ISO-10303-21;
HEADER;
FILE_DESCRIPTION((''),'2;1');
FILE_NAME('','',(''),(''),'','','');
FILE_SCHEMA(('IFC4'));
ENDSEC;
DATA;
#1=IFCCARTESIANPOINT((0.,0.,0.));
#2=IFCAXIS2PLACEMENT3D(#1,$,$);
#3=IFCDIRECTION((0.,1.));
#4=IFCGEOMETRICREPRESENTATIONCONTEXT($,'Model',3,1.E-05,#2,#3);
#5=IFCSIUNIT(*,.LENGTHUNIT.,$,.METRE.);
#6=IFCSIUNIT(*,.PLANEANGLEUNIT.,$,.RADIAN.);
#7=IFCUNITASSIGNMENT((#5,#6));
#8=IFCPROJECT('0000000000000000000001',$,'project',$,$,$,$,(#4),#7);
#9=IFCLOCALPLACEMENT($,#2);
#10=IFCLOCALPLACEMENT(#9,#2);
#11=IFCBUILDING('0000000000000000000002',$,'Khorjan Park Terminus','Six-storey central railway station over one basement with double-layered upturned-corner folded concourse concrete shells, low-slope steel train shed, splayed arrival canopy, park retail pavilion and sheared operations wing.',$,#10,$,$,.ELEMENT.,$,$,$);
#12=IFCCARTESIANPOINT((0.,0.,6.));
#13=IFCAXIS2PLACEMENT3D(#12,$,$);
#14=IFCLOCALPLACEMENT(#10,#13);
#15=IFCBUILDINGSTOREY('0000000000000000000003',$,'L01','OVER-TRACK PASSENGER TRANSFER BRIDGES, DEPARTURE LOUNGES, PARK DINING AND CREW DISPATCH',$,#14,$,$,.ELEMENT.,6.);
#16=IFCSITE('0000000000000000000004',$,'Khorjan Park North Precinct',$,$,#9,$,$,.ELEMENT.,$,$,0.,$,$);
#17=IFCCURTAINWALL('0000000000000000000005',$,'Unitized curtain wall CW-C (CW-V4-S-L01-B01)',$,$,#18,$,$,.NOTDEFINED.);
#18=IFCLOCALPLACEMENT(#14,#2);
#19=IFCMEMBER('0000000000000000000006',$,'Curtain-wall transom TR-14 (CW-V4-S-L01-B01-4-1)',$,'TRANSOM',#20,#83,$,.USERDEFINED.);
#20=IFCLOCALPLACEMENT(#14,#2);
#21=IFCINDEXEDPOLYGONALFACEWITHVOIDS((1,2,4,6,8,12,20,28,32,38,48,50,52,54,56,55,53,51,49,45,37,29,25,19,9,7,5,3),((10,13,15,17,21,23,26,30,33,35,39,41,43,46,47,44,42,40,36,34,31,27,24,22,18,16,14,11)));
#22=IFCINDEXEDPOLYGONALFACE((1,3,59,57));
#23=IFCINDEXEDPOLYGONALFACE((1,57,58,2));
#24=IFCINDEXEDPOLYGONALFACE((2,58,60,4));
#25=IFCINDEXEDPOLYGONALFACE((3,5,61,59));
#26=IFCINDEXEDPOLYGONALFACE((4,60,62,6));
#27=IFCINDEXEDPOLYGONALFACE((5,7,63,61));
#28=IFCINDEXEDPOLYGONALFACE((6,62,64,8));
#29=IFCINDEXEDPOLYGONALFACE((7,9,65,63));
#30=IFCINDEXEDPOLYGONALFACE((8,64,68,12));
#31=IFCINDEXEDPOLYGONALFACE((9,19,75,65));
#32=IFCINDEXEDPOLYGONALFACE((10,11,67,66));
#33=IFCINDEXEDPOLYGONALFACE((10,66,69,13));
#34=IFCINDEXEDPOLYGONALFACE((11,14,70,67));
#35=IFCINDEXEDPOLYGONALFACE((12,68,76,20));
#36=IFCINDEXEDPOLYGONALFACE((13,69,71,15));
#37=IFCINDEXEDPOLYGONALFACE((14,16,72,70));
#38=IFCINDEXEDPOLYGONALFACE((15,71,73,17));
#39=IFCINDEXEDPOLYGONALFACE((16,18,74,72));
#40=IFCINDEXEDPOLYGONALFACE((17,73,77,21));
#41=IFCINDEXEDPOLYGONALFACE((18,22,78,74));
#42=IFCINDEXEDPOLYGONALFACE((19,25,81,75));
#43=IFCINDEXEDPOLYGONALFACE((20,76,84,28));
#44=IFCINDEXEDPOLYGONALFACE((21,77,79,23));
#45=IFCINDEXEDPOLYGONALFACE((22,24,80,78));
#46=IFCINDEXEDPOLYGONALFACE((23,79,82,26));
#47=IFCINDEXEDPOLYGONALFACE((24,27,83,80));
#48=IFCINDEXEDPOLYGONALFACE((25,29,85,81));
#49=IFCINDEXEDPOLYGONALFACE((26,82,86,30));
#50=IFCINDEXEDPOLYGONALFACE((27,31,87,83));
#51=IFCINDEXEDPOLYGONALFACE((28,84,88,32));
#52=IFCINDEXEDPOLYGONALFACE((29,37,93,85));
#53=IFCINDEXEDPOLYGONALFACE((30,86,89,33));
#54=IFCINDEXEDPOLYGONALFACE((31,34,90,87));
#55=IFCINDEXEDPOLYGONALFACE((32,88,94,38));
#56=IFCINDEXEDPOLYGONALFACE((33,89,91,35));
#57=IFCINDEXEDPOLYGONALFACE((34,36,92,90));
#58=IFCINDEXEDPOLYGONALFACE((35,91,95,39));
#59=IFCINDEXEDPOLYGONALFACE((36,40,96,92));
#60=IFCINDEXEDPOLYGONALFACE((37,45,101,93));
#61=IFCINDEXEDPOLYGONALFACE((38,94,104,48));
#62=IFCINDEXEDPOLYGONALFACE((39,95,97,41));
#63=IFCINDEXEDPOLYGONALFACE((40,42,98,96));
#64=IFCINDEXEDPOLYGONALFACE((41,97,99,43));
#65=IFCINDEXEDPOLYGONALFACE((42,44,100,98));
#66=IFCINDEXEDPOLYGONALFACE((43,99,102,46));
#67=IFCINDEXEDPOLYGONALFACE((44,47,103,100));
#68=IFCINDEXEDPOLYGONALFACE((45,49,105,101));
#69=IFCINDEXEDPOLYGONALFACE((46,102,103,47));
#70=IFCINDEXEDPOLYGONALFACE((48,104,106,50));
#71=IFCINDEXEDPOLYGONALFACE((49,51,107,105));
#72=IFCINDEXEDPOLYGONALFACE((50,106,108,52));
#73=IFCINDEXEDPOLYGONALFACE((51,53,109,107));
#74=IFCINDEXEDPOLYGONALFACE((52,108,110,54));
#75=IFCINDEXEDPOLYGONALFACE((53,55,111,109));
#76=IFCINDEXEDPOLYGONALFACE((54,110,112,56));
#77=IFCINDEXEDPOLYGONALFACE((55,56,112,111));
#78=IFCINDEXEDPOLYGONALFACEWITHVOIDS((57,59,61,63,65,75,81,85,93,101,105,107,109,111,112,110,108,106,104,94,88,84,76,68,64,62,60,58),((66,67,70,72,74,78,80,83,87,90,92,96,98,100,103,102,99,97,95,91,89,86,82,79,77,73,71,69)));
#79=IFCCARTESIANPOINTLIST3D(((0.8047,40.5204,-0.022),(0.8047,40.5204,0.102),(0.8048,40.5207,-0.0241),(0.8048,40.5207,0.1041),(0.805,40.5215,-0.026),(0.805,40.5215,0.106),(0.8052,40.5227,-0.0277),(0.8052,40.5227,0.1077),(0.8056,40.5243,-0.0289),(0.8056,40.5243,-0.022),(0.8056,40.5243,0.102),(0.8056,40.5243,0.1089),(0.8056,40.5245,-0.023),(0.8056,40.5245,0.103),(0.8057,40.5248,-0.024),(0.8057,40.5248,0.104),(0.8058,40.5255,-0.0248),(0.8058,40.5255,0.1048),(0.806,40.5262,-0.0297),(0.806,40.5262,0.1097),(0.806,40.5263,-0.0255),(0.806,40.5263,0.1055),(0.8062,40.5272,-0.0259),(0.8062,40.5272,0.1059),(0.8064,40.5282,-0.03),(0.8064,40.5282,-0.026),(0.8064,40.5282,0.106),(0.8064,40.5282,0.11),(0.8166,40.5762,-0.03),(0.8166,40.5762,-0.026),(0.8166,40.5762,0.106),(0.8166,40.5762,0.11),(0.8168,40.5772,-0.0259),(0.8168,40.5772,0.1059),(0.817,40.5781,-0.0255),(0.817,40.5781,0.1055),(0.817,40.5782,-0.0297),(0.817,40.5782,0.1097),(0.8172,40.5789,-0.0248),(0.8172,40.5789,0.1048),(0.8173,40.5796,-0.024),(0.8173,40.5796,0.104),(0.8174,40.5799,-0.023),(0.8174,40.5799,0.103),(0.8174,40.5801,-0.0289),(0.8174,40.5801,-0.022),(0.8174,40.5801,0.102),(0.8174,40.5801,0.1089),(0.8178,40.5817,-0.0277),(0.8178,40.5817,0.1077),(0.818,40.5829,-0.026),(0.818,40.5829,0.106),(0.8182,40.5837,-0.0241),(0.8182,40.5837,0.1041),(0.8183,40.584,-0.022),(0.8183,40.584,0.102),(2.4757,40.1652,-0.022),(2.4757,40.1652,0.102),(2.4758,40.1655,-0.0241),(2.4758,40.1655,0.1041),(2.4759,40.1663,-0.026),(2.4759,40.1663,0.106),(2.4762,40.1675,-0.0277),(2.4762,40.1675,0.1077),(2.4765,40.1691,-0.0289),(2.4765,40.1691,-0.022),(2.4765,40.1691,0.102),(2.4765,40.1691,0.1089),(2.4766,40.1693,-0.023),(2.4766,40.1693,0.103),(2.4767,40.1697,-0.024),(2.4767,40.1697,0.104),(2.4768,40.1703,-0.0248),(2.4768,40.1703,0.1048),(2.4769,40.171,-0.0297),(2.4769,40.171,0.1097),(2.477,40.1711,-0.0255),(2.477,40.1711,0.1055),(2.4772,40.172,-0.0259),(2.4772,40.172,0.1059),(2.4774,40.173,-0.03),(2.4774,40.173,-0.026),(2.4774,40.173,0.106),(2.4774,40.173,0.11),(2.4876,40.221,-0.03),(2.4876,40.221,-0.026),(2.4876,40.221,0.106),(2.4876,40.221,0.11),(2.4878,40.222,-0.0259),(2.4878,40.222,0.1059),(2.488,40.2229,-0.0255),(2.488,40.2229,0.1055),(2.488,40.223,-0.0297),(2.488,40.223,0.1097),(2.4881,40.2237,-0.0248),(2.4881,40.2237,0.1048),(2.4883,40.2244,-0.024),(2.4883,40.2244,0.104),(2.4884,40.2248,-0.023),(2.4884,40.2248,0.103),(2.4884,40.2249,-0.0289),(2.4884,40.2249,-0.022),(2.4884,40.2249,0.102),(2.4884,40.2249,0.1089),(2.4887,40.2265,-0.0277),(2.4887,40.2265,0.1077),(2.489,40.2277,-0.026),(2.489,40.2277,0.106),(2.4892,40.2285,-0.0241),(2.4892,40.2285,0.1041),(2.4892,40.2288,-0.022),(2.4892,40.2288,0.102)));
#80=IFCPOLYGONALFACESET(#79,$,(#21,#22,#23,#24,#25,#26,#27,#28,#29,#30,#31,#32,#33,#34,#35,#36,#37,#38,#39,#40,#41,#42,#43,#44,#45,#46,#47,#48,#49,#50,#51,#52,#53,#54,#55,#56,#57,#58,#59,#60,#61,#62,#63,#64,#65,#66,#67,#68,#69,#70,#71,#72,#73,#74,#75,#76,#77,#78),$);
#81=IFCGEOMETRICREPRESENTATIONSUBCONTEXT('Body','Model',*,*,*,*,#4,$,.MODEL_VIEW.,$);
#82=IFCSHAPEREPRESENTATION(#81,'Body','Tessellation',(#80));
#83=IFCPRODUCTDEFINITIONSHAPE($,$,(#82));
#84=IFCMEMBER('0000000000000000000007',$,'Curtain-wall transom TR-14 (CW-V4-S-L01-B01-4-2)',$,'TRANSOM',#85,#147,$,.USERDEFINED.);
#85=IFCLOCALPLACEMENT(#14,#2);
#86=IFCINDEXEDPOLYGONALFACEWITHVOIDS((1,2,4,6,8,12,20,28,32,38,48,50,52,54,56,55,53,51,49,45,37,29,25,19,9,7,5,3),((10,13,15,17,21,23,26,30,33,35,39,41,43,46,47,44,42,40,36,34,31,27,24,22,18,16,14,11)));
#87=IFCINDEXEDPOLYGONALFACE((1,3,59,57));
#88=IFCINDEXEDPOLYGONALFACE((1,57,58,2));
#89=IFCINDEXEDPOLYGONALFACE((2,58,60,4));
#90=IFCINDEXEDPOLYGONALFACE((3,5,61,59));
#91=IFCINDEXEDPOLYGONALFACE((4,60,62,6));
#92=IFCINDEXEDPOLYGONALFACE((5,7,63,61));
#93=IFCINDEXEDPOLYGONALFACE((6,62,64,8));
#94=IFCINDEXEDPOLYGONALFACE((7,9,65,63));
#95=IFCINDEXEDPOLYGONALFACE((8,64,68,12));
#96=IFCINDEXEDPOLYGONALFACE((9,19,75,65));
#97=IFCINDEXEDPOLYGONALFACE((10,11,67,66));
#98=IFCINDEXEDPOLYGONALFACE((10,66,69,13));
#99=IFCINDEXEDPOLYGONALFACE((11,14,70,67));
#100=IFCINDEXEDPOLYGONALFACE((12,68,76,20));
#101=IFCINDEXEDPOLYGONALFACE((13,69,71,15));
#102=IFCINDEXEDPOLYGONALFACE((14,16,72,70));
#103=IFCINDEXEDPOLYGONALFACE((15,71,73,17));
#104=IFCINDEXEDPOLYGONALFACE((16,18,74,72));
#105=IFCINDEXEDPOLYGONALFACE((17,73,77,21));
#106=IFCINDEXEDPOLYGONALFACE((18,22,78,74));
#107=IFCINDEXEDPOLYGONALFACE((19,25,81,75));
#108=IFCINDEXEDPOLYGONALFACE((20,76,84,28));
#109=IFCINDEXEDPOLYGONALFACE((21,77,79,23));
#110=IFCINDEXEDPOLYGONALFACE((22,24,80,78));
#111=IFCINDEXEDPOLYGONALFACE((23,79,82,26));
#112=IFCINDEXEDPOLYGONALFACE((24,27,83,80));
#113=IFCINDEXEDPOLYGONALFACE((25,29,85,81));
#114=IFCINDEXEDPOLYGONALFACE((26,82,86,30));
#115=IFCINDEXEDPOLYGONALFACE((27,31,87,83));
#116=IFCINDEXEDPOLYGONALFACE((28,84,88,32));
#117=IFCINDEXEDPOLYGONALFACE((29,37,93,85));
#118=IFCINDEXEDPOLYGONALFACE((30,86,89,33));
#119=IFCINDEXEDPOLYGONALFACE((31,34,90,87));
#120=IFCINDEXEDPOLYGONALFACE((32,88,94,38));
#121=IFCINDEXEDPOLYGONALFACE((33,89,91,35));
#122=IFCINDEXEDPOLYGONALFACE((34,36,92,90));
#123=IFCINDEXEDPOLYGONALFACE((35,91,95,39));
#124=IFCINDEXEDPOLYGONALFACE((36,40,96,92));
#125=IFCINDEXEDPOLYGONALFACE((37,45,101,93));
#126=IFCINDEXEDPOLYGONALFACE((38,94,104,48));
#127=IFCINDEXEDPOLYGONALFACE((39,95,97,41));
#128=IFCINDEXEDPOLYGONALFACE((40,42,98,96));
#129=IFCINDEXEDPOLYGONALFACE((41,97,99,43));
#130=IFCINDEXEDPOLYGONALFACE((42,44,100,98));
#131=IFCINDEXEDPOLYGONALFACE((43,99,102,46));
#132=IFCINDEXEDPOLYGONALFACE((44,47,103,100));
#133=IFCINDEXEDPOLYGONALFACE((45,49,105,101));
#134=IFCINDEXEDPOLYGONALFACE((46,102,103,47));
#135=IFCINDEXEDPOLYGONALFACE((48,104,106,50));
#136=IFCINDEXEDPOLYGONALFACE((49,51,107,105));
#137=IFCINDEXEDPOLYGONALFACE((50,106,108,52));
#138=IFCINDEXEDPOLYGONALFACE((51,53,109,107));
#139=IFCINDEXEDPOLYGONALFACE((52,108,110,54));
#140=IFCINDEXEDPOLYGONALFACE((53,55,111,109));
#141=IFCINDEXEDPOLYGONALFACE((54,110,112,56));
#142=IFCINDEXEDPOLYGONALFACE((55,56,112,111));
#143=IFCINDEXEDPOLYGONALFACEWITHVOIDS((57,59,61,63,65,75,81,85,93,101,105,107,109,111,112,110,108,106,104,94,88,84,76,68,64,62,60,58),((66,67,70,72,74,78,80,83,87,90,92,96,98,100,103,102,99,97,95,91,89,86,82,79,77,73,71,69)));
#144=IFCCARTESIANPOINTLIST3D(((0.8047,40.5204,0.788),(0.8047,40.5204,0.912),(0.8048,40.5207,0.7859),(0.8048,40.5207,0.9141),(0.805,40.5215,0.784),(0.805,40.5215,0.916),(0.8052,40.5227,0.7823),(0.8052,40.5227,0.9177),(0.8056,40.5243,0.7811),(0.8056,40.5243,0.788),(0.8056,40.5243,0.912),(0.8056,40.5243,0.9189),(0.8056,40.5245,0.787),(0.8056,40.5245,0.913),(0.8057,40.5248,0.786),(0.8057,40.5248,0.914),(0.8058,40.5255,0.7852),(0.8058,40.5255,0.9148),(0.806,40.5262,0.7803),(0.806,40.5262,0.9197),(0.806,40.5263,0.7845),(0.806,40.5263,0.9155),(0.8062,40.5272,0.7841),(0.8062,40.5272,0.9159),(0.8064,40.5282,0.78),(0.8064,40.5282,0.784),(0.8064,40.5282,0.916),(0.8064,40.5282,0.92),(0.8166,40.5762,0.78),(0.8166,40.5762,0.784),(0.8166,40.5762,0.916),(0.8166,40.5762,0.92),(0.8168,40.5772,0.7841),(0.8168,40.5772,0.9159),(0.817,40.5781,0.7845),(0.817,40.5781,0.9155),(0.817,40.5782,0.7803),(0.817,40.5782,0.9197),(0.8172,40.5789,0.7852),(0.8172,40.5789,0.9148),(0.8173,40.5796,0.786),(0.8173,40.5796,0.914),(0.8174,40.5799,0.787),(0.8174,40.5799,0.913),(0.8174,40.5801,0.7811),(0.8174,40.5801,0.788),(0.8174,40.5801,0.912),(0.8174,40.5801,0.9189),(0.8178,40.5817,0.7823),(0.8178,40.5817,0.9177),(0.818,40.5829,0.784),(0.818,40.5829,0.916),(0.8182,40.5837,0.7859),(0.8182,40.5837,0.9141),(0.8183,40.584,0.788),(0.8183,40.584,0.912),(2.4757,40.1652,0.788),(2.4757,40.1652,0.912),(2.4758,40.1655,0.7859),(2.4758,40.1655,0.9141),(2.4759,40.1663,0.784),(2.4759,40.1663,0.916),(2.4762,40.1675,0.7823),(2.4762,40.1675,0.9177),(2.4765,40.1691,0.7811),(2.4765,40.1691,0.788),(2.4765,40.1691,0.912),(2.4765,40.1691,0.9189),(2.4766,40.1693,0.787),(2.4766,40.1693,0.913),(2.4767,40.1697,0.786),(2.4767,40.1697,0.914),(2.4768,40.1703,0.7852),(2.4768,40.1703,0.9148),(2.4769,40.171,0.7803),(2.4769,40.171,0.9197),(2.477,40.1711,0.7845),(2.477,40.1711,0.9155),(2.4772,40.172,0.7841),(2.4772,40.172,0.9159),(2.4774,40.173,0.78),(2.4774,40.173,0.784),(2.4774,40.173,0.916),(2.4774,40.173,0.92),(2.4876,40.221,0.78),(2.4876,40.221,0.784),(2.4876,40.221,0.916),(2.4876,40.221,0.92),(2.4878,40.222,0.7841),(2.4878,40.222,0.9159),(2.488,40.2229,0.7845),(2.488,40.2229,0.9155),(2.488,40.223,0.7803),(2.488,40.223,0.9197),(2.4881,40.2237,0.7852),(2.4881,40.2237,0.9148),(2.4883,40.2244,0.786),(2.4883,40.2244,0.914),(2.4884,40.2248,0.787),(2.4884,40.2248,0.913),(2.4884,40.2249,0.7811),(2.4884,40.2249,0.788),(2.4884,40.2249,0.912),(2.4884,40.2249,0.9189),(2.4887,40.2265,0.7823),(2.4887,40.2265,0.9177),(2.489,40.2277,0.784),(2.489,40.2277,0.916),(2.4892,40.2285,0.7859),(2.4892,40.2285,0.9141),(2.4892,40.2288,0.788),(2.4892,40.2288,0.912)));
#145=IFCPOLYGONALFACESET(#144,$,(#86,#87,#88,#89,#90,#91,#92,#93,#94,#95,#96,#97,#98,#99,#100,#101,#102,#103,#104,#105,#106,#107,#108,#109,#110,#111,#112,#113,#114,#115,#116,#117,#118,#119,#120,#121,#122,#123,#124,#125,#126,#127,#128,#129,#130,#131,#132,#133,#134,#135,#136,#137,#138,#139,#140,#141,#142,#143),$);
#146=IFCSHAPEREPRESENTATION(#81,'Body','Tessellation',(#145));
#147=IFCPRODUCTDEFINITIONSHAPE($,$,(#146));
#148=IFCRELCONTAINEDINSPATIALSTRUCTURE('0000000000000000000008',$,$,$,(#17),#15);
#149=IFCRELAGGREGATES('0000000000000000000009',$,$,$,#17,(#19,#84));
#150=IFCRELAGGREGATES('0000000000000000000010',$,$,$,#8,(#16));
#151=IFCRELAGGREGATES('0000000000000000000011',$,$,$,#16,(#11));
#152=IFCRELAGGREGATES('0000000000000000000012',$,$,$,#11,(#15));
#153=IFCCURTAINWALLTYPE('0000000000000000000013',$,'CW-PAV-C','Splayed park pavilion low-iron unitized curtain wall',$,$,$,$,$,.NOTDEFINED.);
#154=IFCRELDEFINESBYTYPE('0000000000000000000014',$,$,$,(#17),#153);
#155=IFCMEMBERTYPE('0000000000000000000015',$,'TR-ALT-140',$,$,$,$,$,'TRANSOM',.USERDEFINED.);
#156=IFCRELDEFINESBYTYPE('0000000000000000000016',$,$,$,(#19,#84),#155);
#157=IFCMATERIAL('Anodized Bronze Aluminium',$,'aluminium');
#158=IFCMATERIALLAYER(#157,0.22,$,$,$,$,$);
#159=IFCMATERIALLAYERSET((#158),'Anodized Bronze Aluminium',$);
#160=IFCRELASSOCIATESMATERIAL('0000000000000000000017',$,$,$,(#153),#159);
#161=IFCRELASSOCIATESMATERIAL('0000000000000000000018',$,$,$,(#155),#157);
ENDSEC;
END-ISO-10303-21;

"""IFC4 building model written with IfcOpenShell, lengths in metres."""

from ifc_helpers import new_model, si_unit, direction, frame, origin, origin_2d, place, context, subcontext, project, spatial, hollow_rectangle, extrude, material, layer, layer_set, material_profile, profile_set, type_object, element, aggregate, save


model = new_model("IFC4")

# Units and contexts
model_context = context("Model", 3, precision=1e-05, world=origin(), true_north=direction((0.0, 1.0)))
body_context = subcontext(model_context, "Body", "Model", "MODEL_VIEW")
ifc_project = project(units=[si_unit("LENGTHUNIT", "METRE"), si_unit("PLANEANGLEUNIT", "RADIAN")], contexts=[model_context])

# Site, building, storey
site_placement = place(None, origin())
site = spatial("IfcSite", under=ifc_project, at=site_placement, Name="Khorjan Park North Precinct", CompositionType="ELEMENT", RefElevation=0.0)
building_placement = place(site_placement, origin())
building = spatial("IfcBuilding", under=site, at=building_placement, Name="Khorjan Park Terminus", Description="Six-storey central railway station over one basement with double-layered upturned-corner folded concourse concrete shells, low-slope steel train shed, splayed arrival canopy, park retail pavilion and sheared operations wing.", CompositionType="ELEMENT")
storey_placement = place(building_placement, frame((0.0, 0.0, 6.0)))
storey = spatial("IfcBuildingStorey", under=building, at=storey_placement, Name="L01", Description="OVER-TRACK PASSENGER TRANSFER BRIDGES, DEPARTURE LOUNGES, PARK DINING AND CREW DISPATCH", CompositionType="ELEMENT", Elevation=6.0)

# Curtain wall, members
ifc_material_1 = material(Name="Anodized Bronze Aluminium", Category="aluminium")
ifc_layer_1 = layer(ifc_material_1, 0.22)
ifc_layer_set_1 = layer_set([ifc_layer_1], Name="Anodized Bronze Aluminium")
curtain_wall_type = type_object("IfcCurtainWallType", Name="CW-PAV-C", Description="Splayed park pavilion low-iron unitized curtain wall", PredefinedType="NOTDEFINED", material=ifc_layer_set_1)
curtain_wall_placement = place(storey_placement, origin())
curtain_wall = element("IfcCurtainWall", 1, at=curtain_wall_placement, inside=storey, type_object=curtain_wall_type, Name="Unitized curtain wall CW-C (CW-V4-S-L01-B01)", PredefinedType="NOTDEFINED")
ifc_material_profile_1 = material_profile(ifc_material_1, hollow_rectangle(XDim=0.065, YDim=0.14, WallThickness=0.004, InnerFilletRadius=0.004, OuterFilletRadius=0.008, at=origin_2d()), Name="ALT 65x140x4")
ifc_profile_set_1 = profile_set([ifc_material_profile_1], Name="Anodized Bronze Aluminium")
member_type_1 = type_object("IfcMemberType", Name="TR-ALT-140", ElementType="TRANSOM", PredefinedType="USERDEFINED", material=ifc_profile_set_1)
member_1_placement = place(storey_placement, frame((0.8115, 40.5522, 0.04), z_axis=(0.978145, -0.207922, 0.0), x_axis=(0.207922, 0.978145, 0.0)))
member_1 = element("IfcMember", 2, at=member_1_placement, type_object=member_type_1, Name="Curtain-wall transom TR-14 (CW-V4-S-L01-B01-4-1)", ObjectType="TRANSOM", PredefinedType="USERDEFINED", context=body_context, shape_type="SweptSolid", body=[
    extrude(hollow_rectangle(XDim=0.065, YDim=0.14, WallThickness=0.004, InnerFilletRadius=0.004, OuterFilletRadius=0.008, at=origin_2d()), origin(), (0.0, 0.0, 1.0), 1.7083),
])
member_2_placement = place(storey_placement, frame((0.8115, 40.5522, 0.85), z_axis=(0.978145, -0.207922, 0.0), x_axis=(0.207922, 0.978145, 0.0)))
member_2 = element("IfcMember", 3, at=member_2_placement, type_object=member_type_1, Name="Curtain-wall transom TR-14 (CW-V4-S-L01-B01-4-2)", ObjectType="TRANSOM", PredefinedType="USERDEFINED", context=body_context, shape_type="SweptSolid", body=[
    extrude(hollow_rectangle(XDim=0.065, YDim=0.14, WallThickness=0.004, InnerFilletRadius=0.004, OuterFilletRadius=0.008, at=origin_2d()), origin(), (0.0, 0.0, 1.0), 1.7083),
])
aggregate(curtain_wall, [member_1, member_2])

save(model, "model.ifc")
